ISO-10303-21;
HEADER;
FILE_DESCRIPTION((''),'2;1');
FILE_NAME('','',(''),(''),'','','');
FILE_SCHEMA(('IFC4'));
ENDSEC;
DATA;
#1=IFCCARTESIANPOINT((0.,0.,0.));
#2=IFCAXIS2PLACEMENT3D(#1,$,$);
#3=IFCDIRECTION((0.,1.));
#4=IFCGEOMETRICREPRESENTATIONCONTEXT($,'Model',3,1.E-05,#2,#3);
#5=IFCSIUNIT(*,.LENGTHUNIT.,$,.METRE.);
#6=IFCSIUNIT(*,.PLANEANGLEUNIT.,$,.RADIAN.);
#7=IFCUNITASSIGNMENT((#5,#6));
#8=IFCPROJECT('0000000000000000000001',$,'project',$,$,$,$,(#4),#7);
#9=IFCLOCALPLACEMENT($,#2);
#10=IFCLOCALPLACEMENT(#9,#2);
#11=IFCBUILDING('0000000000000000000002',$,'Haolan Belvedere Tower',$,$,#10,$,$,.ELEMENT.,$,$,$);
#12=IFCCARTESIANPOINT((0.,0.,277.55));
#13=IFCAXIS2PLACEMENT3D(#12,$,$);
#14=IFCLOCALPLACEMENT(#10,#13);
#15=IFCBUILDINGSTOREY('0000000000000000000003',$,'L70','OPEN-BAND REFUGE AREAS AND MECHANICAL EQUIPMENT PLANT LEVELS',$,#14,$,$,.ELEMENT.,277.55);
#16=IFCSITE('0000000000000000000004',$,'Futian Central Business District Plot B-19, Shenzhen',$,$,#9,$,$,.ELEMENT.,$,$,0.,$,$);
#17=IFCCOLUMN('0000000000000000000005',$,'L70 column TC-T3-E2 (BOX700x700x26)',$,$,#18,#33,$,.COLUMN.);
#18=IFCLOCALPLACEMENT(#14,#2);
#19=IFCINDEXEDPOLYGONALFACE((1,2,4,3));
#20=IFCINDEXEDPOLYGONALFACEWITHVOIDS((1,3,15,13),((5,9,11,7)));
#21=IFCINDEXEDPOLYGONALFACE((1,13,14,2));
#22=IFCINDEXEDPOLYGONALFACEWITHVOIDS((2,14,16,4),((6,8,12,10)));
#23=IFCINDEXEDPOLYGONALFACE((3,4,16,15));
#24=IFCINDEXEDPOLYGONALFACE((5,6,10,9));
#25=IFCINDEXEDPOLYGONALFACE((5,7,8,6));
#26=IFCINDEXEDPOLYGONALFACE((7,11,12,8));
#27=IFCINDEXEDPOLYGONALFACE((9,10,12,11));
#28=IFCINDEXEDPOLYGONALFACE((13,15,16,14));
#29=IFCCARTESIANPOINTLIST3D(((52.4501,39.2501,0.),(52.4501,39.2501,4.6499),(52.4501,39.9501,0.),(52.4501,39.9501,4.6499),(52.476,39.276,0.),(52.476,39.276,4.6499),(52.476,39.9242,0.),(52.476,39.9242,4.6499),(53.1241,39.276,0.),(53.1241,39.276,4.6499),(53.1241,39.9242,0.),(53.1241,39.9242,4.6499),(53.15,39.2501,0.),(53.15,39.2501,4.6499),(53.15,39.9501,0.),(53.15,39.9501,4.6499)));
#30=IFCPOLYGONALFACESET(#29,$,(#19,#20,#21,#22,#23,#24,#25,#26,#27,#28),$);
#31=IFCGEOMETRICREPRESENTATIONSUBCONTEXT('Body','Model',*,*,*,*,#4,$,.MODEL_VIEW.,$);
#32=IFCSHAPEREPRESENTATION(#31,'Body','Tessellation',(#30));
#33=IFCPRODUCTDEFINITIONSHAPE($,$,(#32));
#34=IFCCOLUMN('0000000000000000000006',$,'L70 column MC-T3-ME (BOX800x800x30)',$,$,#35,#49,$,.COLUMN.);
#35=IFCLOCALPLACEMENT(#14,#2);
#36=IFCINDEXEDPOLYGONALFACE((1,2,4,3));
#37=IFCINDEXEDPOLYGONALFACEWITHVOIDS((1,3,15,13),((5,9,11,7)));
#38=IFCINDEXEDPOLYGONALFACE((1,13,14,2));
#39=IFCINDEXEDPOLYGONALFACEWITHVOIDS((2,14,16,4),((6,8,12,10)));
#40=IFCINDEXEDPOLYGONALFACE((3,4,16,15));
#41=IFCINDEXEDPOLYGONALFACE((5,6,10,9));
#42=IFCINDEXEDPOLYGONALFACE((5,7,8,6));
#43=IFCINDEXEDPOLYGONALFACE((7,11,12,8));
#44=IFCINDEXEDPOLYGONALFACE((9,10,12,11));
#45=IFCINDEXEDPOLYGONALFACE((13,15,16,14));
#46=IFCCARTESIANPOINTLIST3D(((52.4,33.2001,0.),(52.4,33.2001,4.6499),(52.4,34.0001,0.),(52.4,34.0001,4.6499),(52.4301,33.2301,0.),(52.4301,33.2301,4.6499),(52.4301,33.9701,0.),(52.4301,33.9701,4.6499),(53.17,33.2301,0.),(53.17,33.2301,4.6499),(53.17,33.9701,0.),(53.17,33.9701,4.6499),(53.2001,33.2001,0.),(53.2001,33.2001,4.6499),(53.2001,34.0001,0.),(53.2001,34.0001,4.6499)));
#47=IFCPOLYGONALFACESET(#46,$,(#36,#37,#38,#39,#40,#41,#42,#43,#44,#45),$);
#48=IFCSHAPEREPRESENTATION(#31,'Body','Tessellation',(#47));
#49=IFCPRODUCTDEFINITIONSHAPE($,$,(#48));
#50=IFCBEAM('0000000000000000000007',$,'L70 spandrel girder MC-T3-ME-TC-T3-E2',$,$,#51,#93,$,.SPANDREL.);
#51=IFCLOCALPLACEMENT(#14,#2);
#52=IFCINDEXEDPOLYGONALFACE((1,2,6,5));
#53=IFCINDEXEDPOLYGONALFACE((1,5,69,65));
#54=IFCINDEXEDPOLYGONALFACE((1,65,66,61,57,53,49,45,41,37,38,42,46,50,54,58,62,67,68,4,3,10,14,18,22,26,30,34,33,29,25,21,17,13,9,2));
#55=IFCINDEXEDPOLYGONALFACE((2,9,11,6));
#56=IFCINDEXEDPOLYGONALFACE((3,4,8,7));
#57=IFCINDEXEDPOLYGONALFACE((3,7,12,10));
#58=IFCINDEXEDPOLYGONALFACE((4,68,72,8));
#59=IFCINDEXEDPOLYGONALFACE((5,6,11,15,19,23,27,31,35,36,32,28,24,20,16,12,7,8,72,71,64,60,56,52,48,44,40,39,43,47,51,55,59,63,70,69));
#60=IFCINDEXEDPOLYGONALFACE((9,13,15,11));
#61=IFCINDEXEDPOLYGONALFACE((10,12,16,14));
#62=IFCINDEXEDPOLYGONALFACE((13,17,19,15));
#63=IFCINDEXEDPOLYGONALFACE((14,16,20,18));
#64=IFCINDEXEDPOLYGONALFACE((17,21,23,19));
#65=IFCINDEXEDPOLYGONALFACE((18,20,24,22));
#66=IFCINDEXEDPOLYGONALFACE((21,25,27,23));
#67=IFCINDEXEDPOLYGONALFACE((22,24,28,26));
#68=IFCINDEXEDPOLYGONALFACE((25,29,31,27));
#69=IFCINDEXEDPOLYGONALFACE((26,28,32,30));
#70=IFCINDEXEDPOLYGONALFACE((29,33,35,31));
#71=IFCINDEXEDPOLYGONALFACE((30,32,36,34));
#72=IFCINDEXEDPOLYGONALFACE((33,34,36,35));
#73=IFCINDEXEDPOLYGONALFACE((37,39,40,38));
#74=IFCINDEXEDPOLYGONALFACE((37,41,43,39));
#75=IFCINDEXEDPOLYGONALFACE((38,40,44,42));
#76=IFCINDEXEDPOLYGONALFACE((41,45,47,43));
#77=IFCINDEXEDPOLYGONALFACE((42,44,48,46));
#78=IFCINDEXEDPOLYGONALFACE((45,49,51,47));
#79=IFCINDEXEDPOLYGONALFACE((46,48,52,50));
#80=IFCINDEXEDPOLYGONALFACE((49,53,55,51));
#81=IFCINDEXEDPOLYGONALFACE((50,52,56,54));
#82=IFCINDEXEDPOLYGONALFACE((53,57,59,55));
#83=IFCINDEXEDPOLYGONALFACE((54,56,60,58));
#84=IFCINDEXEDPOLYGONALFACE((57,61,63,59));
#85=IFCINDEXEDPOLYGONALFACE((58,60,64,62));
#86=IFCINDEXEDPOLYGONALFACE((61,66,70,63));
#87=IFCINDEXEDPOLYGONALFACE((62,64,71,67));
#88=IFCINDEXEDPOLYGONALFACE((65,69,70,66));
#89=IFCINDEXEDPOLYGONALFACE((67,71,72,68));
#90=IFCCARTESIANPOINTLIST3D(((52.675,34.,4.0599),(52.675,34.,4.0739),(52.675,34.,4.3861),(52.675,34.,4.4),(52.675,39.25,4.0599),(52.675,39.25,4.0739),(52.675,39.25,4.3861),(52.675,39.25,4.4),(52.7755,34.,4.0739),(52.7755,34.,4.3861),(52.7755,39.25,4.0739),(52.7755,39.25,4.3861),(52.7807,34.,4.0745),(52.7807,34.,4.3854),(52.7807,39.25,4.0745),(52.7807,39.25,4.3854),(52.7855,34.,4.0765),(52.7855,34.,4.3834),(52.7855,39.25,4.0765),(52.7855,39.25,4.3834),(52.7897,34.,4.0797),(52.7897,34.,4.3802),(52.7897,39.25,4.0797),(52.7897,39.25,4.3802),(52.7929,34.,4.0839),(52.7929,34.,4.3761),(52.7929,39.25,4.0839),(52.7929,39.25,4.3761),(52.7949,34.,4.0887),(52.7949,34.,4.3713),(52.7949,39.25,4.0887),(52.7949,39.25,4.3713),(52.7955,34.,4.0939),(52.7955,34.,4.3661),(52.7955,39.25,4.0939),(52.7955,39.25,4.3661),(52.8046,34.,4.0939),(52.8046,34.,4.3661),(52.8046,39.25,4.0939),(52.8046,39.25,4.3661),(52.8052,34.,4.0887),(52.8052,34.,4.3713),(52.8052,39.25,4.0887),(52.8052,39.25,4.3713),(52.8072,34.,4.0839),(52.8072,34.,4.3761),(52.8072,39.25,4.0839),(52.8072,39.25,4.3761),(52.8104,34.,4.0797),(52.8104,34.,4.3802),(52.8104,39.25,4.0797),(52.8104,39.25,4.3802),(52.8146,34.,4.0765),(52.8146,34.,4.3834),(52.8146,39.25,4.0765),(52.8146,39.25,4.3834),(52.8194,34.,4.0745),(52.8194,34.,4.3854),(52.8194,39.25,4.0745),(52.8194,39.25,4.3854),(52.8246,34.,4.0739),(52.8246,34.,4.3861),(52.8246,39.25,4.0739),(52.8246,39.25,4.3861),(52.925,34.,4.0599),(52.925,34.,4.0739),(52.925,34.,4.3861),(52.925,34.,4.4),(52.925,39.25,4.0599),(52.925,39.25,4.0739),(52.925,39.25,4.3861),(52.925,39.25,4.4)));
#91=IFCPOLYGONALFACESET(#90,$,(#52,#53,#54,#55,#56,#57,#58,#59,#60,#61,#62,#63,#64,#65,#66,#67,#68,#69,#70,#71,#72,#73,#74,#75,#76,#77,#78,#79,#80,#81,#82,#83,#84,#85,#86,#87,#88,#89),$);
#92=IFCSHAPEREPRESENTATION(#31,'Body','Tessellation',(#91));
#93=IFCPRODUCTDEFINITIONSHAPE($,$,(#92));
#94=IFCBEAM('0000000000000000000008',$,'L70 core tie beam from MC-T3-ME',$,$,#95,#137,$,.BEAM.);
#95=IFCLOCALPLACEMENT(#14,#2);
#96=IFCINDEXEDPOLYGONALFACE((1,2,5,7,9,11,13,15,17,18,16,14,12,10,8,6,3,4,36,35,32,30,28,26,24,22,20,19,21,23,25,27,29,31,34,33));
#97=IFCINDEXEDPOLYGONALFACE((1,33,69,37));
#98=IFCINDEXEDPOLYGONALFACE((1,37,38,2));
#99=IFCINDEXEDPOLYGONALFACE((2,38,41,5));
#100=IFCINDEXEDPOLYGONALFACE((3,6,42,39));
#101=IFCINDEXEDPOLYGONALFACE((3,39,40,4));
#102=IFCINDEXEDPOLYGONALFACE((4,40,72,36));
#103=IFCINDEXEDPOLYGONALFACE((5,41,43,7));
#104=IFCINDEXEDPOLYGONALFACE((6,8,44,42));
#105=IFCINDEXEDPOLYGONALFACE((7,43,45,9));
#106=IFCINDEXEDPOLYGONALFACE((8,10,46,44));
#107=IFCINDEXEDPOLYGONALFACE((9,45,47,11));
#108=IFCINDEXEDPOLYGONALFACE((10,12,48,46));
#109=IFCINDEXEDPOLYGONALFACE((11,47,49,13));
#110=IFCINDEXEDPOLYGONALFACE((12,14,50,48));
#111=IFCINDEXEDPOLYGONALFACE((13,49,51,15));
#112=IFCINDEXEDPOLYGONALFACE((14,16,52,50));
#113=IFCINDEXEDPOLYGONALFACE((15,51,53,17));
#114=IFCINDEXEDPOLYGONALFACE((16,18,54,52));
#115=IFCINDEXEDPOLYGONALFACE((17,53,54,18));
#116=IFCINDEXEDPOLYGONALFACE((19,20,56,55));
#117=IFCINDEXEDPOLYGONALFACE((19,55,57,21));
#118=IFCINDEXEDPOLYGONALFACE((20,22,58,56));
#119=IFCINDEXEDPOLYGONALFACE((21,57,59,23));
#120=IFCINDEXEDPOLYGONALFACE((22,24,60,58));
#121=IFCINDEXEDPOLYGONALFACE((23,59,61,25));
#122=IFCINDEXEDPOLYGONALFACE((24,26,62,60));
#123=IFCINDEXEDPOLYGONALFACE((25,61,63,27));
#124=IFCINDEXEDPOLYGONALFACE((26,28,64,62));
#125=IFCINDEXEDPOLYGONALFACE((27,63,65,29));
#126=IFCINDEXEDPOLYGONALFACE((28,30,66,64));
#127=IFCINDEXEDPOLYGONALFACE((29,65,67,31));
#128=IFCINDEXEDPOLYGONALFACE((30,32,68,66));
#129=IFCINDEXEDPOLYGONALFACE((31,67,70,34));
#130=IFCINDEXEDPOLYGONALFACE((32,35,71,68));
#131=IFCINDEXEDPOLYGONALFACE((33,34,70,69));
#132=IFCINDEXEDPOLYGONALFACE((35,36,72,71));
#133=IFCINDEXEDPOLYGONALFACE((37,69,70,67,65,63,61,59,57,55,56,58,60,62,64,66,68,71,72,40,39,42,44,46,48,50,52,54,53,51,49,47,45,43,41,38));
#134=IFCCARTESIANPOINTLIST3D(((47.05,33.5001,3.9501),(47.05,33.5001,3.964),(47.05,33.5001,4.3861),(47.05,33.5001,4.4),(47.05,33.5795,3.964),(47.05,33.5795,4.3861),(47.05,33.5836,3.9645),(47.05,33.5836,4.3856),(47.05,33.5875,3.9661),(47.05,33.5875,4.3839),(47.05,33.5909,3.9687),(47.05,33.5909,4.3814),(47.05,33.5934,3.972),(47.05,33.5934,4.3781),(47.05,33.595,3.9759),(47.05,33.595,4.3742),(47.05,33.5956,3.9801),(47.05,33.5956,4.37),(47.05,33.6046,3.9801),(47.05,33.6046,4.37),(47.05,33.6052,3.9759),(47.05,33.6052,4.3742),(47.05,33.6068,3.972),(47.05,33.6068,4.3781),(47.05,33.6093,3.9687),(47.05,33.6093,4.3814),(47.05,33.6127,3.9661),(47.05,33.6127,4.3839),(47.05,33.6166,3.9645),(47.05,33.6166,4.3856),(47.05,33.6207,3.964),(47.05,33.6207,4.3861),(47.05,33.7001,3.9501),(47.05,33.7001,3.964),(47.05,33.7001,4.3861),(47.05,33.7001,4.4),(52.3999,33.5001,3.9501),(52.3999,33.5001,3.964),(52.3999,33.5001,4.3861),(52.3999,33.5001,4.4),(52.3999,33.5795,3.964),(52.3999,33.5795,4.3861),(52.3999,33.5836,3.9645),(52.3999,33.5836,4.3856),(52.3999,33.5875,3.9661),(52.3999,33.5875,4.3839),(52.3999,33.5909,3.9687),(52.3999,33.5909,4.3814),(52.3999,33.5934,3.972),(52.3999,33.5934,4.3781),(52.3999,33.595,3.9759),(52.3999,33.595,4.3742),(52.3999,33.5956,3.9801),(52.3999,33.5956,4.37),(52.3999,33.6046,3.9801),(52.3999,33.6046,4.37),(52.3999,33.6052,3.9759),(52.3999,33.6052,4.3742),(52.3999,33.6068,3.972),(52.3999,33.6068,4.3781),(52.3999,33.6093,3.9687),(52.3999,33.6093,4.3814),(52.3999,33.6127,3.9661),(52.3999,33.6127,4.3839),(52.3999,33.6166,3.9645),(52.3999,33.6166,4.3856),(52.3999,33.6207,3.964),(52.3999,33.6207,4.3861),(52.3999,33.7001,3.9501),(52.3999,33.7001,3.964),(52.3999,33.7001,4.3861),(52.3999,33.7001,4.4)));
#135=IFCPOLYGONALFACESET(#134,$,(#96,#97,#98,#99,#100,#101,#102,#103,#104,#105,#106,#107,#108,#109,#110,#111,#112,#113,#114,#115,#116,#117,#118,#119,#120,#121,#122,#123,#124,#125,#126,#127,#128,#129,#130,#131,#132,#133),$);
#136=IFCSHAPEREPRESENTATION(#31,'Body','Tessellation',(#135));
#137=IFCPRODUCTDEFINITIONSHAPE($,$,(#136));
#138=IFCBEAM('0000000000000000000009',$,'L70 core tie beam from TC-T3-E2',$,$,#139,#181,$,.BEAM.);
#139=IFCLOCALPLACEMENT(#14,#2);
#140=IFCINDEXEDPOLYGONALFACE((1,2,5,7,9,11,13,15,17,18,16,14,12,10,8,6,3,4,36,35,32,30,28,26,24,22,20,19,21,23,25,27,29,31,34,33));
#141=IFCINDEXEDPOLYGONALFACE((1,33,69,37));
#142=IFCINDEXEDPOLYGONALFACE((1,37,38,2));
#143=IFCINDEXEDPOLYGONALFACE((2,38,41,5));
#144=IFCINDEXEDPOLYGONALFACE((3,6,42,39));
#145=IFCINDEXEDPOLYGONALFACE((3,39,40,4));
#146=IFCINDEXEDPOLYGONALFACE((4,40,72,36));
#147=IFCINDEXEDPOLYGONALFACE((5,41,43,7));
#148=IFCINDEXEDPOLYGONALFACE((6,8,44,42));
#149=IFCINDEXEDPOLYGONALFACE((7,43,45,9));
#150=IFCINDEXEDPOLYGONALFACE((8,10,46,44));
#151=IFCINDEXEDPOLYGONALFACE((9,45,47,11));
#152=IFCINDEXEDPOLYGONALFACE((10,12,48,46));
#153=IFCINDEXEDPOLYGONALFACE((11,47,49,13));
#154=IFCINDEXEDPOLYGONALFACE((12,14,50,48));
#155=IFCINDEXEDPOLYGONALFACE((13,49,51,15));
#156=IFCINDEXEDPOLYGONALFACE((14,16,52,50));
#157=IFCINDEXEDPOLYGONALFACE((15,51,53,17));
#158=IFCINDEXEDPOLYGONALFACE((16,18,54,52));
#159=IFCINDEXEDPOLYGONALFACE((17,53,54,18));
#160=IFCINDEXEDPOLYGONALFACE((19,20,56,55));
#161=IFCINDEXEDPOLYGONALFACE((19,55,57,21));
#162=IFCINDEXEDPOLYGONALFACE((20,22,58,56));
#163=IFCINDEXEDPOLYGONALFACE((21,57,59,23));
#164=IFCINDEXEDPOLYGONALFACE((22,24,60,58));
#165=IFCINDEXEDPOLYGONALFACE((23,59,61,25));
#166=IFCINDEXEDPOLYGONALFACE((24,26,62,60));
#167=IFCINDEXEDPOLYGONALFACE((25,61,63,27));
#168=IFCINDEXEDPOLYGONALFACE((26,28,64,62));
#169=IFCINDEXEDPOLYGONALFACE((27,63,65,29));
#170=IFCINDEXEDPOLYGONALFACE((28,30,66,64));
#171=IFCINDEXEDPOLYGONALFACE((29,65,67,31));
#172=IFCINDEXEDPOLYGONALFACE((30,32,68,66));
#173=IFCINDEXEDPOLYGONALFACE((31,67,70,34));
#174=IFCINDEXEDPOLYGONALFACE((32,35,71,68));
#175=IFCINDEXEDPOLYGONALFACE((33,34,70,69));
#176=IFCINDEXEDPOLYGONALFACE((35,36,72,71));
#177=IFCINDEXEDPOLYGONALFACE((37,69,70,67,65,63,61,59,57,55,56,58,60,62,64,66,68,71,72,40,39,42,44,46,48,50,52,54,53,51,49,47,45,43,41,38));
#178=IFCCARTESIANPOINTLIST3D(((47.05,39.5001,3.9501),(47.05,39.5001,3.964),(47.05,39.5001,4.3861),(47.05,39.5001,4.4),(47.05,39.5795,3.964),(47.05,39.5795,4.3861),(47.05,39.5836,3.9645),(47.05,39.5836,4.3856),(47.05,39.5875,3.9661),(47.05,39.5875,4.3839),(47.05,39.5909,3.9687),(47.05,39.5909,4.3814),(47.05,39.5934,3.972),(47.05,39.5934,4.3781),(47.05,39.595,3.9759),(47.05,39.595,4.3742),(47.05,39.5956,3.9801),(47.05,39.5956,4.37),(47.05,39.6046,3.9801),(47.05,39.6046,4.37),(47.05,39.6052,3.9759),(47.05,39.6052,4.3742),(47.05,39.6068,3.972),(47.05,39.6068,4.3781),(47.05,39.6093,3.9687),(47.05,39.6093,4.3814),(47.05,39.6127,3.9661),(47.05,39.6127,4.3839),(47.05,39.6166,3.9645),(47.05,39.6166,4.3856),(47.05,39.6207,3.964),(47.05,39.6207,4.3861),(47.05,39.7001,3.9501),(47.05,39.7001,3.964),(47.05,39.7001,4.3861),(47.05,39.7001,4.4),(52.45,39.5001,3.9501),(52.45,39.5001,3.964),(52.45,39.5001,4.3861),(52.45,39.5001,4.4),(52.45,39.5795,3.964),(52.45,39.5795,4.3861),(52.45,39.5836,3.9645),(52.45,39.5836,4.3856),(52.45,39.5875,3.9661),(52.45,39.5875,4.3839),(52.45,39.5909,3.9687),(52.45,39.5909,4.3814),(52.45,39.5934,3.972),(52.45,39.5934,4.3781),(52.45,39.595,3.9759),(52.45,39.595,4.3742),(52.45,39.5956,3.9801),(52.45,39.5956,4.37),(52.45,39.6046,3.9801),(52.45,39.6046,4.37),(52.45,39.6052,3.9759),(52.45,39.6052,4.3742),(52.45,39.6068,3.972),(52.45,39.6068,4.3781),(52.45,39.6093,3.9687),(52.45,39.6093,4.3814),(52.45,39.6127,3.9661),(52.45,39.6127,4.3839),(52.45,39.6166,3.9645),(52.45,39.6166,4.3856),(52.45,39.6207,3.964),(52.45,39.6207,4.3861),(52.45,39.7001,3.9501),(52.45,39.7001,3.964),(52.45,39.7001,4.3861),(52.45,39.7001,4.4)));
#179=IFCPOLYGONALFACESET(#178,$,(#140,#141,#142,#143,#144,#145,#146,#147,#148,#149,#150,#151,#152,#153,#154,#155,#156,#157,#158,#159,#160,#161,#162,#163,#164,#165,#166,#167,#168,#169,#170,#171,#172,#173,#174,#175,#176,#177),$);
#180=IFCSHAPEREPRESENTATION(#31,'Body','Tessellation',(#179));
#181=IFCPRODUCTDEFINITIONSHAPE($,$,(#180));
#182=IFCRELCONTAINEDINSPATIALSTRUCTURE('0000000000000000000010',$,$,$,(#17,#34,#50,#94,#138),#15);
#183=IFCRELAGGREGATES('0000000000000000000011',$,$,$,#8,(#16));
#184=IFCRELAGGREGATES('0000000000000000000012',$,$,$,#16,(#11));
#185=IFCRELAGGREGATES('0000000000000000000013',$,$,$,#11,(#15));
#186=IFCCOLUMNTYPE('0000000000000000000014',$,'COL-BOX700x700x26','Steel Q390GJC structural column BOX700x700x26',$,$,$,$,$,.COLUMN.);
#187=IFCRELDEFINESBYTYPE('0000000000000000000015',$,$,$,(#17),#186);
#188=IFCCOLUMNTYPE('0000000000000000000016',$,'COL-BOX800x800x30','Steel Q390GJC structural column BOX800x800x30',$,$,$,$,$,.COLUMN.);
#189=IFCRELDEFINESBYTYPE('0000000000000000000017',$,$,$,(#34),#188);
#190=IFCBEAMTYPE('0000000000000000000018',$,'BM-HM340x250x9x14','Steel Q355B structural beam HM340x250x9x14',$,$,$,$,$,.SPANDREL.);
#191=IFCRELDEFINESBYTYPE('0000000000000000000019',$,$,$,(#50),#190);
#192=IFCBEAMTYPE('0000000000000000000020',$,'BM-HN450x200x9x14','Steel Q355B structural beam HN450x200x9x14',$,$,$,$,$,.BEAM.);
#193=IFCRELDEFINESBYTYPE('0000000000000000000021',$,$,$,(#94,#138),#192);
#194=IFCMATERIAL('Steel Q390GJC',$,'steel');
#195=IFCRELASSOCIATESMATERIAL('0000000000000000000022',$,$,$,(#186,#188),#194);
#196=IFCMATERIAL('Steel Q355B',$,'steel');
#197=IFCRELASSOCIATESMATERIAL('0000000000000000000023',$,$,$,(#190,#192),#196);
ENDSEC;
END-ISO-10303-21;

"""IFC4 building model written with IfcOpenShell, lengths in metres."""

from ifc_helpers import new_model, si_unit, direction, frame, origin, origin_2d, place, context, subcontext, project, spatial, hollow_rectangle, i_section, extrude, material, material_profile, profile_set, type_object, element, save


model = new_model("IFC4")

# Units and contexts
model_context = context("Model", 3, precision=1e-05, world=origin(), true_north=direction((0.0, 1.0)))
body_context = subcontext(model_context, "Body", "Model", "MODEL_VIEW")
ifc_project = project(units=[si_unit("LENGTHUNIT", "METRE"), si_unit("PLANEANGLEUNIT", "RADIAN")], contexts=[model_context])

# Site, building, storey
site_placement = place(None, origin())
site = spatial("IfcSite", under=ifc_project, at=site_placement, Name="Futian Central Business District Plot B-19, Shenzhen", CompositionType="ELEMENT", RefElevation=0.0)
building_placement = place(site_placement, origin())
building = spatial("IfcBuilding", under=site, at=building_placement, Name="Haolan Belvedere Tower", CompositionType="ELEMENT")
storey_placement = place(building_placement, frame((0.0, 0.0, 277.55)))
storey = spatial("IfcBuildingStorey", under=building, at=storey_placement, Name="L70", Description="OPEN-BAND REFUGE AREAS AND MECHANICAL EQUIPMENT PLANT LEVELS", CompositionType="ELEMENT", Elevation=277.55)

# Columns
ifc_material_1 = material(Name="Steel Q390GJC", Category="steel")
ifc_material_profile_1 = material_profile(ifc_material_1, hollow_rectangle(XDim=0.7, YDim=0.7, WallThickness=0.0259, at=origin_2d()), Name="Steel Q390GJC")
ifc_profile_set_1 = profile_set([ifc_material_profile_1], Name="Steel Q390GJC")
column_type_1 = type_object("IfcColumnType", Name="COL-BOX700x700x26", Description="Steel Q390GJC structural column BOX700x700x26", PredefinedType="COLUMN", material=ifc_profile_set_1)
column_1_placement = place(storey_placement, frame((52.8, 39.6001, 0.0), z_axis=(0.0, 0.0, 1.0), x_axis=(1.0, 0.0, 0.0)))
element("IfcColumn", 1, at=column_1_placement, inside=storey, type_object=column_type_1, Name="L70 column TC-T3-E2 (BOX700x700x26)", PredefinedType="COLUMN", context=body_context, shape_type="SweptSolid", body=[
    extrude(hollow_rectangle(XDim=0.7, YDim=0.7, WallThickness=0.0259, at=origin_2d()), origin(), (0.0, 0.0, 1.0), 4.6499),
])
ifc_material_profile_2 = material_profile(ifc_material_1, hollow_rectangle(XDim=0.8, YDim=0.8, WallThickness=0.03, at=origin_2d()), Name="Steel Q390GJC")
ifc_profile_set_2 = profile_set([ifc_material_profile_2], Name="Steel Q390GJC")
column_type_2 = type_object("IfcColumnType", Name="COL-BOX800x800x30", Description="Steel Q390GJC structural column BOX800x800x30", PredefinedType="COLUMN", material=ifc_profile_set_2)
column_2_placement = place(storey_placement, frame((52.8, 33.6001, 0.0), z_axis=(0.0, 0.0, 1.0), x_axis=(1.0, 0.0, 0.0)))
element("IfcColumn", 2, at=column_2_placement, inside=storey, type_object=column_type_2, Name="L70 column MC-T3-ME (BOX800x800x30)", PredefinedType="COLUMN", context=body_context, shape_type="SweptSolid", body=[
    extrude(hollow_rectangle(XDim=0.8, YDim=0.8, WallThickness=0.03, at=origin_2d()), origin(), (0.0, 0.0, 1.0), 4.6499),
])

# Beams
ifc_material_2 = material(Name="Steel Q355B", Category="steel")
ifc_material_profile_3 = material_profile(ifc_material_2, i_section(OverallWidth=0.25, OverallDepth=0.3401, WebThickness=0.009, FlangeThickness=0.0139, FilletRadius=0.02, at=origin_2d()), Name="Steel Q355B")
ifc_profile_set_3 = profile_set([ifc_material_profile_3], Name="Steel Q355B")
beam_type_1 = type_object("IfcBeamType", Name="BM-HM340x250x9x14", Description="Steel Q355B structural beam HM340x250x9x14", PredefinedType="SPANDREL", material=ifc_profile_set_3)
beam_1_placement = place(storey_placement, frame((52.8, 34.0, 4.23), z_axis=(0.0, 1.0, 0.0), x_axis=(-1.0, 0.0, 0.0)))
element("IfcBeam", 3, at=beam_1_placement, inside=storey, type_object=beam_type_1, Name="L70 spandrel girder MC-T3-ME-TC-T3-E2", PredefinedType="SPANDREL", context=body_context, shape_type="SweptSolid", body=[
    extrude(i_section(OverallWidth=0.25, OverallDepth=0.3401, WebThickness=0.009, FlangeThickness=0.0139, FilletRadius=0.02, at=origin_2d()), origin(), (0.0, 0.0, 1.0), 5.25),
])
ifc_material_profile_4 = material_profile(ifc_material_2, i_section(OverallWidth=0.2, OverallDepth=0.45, WebThickness=0.009, FlangeThickness=0.0139, FilletRadius=0.0161, at=origin_2d()), Name="Steel Q355B")
ifc_profile_set_4 = profile_set([ifc_material_profile_4], Name="Steel Q355B")
beam_type_2 = type_object("IfcBeamType", Name="BM-HN450x200x9x14", Description="Steel Q355B structural beam HN450x200x9x14", PredefinedType="BEAM", material=ifc_profile_set_4)
beam_2_placement = place(storey_placement, frame((52.3999, 33.6001, 4.175), z_axis=(-1.0, 0.0, 0.0), x_axis=(0.0, -1.0, 0.0)))
element("IfcBeam", 4, at=beam_2_placement, inside=storey, type_object=beam_type_2, Name="L70 core tie beam from MC-T3-ME", PredefinedType="BEAM", context=body_context, shape_type="SweptSolid", body=[
    extrude(i_section(OverallWidth=0.2, OverallDepth=0.45, WebThickness=0.009, FlangeThickness=0.0139, FilletRadius=0.0161, at=origin_2d()), origin(), (0.0, 0.0, 1.0), 5.3499),
])
beam_3_placement = place(storey_placement, frame((52.45, 39.6001, 4.175), z_axis=(-1.0, 0.0, 0.0), x_axis=(0.0, -1.0, 0.0)))
element("IfcBeam", 5, at=beam_3_placement, inside=storey, type_object=beam_type_2, Name="L70 core tie beam from TC-T3-E2", PredefinedType="BEAM", context=body_context, shape_type="SweptSolid", body=[
    extrude(i_section(OverallWidth=0.2, OverallDepth=0.45, WebThickness=0.009, FlangeThickness=0.0139, FilletRadius=0.0161, at=origin_2d()), origin(), (0.0, 0.0, 1.0), 5.3999),
])

save(model, "model.ifc")
